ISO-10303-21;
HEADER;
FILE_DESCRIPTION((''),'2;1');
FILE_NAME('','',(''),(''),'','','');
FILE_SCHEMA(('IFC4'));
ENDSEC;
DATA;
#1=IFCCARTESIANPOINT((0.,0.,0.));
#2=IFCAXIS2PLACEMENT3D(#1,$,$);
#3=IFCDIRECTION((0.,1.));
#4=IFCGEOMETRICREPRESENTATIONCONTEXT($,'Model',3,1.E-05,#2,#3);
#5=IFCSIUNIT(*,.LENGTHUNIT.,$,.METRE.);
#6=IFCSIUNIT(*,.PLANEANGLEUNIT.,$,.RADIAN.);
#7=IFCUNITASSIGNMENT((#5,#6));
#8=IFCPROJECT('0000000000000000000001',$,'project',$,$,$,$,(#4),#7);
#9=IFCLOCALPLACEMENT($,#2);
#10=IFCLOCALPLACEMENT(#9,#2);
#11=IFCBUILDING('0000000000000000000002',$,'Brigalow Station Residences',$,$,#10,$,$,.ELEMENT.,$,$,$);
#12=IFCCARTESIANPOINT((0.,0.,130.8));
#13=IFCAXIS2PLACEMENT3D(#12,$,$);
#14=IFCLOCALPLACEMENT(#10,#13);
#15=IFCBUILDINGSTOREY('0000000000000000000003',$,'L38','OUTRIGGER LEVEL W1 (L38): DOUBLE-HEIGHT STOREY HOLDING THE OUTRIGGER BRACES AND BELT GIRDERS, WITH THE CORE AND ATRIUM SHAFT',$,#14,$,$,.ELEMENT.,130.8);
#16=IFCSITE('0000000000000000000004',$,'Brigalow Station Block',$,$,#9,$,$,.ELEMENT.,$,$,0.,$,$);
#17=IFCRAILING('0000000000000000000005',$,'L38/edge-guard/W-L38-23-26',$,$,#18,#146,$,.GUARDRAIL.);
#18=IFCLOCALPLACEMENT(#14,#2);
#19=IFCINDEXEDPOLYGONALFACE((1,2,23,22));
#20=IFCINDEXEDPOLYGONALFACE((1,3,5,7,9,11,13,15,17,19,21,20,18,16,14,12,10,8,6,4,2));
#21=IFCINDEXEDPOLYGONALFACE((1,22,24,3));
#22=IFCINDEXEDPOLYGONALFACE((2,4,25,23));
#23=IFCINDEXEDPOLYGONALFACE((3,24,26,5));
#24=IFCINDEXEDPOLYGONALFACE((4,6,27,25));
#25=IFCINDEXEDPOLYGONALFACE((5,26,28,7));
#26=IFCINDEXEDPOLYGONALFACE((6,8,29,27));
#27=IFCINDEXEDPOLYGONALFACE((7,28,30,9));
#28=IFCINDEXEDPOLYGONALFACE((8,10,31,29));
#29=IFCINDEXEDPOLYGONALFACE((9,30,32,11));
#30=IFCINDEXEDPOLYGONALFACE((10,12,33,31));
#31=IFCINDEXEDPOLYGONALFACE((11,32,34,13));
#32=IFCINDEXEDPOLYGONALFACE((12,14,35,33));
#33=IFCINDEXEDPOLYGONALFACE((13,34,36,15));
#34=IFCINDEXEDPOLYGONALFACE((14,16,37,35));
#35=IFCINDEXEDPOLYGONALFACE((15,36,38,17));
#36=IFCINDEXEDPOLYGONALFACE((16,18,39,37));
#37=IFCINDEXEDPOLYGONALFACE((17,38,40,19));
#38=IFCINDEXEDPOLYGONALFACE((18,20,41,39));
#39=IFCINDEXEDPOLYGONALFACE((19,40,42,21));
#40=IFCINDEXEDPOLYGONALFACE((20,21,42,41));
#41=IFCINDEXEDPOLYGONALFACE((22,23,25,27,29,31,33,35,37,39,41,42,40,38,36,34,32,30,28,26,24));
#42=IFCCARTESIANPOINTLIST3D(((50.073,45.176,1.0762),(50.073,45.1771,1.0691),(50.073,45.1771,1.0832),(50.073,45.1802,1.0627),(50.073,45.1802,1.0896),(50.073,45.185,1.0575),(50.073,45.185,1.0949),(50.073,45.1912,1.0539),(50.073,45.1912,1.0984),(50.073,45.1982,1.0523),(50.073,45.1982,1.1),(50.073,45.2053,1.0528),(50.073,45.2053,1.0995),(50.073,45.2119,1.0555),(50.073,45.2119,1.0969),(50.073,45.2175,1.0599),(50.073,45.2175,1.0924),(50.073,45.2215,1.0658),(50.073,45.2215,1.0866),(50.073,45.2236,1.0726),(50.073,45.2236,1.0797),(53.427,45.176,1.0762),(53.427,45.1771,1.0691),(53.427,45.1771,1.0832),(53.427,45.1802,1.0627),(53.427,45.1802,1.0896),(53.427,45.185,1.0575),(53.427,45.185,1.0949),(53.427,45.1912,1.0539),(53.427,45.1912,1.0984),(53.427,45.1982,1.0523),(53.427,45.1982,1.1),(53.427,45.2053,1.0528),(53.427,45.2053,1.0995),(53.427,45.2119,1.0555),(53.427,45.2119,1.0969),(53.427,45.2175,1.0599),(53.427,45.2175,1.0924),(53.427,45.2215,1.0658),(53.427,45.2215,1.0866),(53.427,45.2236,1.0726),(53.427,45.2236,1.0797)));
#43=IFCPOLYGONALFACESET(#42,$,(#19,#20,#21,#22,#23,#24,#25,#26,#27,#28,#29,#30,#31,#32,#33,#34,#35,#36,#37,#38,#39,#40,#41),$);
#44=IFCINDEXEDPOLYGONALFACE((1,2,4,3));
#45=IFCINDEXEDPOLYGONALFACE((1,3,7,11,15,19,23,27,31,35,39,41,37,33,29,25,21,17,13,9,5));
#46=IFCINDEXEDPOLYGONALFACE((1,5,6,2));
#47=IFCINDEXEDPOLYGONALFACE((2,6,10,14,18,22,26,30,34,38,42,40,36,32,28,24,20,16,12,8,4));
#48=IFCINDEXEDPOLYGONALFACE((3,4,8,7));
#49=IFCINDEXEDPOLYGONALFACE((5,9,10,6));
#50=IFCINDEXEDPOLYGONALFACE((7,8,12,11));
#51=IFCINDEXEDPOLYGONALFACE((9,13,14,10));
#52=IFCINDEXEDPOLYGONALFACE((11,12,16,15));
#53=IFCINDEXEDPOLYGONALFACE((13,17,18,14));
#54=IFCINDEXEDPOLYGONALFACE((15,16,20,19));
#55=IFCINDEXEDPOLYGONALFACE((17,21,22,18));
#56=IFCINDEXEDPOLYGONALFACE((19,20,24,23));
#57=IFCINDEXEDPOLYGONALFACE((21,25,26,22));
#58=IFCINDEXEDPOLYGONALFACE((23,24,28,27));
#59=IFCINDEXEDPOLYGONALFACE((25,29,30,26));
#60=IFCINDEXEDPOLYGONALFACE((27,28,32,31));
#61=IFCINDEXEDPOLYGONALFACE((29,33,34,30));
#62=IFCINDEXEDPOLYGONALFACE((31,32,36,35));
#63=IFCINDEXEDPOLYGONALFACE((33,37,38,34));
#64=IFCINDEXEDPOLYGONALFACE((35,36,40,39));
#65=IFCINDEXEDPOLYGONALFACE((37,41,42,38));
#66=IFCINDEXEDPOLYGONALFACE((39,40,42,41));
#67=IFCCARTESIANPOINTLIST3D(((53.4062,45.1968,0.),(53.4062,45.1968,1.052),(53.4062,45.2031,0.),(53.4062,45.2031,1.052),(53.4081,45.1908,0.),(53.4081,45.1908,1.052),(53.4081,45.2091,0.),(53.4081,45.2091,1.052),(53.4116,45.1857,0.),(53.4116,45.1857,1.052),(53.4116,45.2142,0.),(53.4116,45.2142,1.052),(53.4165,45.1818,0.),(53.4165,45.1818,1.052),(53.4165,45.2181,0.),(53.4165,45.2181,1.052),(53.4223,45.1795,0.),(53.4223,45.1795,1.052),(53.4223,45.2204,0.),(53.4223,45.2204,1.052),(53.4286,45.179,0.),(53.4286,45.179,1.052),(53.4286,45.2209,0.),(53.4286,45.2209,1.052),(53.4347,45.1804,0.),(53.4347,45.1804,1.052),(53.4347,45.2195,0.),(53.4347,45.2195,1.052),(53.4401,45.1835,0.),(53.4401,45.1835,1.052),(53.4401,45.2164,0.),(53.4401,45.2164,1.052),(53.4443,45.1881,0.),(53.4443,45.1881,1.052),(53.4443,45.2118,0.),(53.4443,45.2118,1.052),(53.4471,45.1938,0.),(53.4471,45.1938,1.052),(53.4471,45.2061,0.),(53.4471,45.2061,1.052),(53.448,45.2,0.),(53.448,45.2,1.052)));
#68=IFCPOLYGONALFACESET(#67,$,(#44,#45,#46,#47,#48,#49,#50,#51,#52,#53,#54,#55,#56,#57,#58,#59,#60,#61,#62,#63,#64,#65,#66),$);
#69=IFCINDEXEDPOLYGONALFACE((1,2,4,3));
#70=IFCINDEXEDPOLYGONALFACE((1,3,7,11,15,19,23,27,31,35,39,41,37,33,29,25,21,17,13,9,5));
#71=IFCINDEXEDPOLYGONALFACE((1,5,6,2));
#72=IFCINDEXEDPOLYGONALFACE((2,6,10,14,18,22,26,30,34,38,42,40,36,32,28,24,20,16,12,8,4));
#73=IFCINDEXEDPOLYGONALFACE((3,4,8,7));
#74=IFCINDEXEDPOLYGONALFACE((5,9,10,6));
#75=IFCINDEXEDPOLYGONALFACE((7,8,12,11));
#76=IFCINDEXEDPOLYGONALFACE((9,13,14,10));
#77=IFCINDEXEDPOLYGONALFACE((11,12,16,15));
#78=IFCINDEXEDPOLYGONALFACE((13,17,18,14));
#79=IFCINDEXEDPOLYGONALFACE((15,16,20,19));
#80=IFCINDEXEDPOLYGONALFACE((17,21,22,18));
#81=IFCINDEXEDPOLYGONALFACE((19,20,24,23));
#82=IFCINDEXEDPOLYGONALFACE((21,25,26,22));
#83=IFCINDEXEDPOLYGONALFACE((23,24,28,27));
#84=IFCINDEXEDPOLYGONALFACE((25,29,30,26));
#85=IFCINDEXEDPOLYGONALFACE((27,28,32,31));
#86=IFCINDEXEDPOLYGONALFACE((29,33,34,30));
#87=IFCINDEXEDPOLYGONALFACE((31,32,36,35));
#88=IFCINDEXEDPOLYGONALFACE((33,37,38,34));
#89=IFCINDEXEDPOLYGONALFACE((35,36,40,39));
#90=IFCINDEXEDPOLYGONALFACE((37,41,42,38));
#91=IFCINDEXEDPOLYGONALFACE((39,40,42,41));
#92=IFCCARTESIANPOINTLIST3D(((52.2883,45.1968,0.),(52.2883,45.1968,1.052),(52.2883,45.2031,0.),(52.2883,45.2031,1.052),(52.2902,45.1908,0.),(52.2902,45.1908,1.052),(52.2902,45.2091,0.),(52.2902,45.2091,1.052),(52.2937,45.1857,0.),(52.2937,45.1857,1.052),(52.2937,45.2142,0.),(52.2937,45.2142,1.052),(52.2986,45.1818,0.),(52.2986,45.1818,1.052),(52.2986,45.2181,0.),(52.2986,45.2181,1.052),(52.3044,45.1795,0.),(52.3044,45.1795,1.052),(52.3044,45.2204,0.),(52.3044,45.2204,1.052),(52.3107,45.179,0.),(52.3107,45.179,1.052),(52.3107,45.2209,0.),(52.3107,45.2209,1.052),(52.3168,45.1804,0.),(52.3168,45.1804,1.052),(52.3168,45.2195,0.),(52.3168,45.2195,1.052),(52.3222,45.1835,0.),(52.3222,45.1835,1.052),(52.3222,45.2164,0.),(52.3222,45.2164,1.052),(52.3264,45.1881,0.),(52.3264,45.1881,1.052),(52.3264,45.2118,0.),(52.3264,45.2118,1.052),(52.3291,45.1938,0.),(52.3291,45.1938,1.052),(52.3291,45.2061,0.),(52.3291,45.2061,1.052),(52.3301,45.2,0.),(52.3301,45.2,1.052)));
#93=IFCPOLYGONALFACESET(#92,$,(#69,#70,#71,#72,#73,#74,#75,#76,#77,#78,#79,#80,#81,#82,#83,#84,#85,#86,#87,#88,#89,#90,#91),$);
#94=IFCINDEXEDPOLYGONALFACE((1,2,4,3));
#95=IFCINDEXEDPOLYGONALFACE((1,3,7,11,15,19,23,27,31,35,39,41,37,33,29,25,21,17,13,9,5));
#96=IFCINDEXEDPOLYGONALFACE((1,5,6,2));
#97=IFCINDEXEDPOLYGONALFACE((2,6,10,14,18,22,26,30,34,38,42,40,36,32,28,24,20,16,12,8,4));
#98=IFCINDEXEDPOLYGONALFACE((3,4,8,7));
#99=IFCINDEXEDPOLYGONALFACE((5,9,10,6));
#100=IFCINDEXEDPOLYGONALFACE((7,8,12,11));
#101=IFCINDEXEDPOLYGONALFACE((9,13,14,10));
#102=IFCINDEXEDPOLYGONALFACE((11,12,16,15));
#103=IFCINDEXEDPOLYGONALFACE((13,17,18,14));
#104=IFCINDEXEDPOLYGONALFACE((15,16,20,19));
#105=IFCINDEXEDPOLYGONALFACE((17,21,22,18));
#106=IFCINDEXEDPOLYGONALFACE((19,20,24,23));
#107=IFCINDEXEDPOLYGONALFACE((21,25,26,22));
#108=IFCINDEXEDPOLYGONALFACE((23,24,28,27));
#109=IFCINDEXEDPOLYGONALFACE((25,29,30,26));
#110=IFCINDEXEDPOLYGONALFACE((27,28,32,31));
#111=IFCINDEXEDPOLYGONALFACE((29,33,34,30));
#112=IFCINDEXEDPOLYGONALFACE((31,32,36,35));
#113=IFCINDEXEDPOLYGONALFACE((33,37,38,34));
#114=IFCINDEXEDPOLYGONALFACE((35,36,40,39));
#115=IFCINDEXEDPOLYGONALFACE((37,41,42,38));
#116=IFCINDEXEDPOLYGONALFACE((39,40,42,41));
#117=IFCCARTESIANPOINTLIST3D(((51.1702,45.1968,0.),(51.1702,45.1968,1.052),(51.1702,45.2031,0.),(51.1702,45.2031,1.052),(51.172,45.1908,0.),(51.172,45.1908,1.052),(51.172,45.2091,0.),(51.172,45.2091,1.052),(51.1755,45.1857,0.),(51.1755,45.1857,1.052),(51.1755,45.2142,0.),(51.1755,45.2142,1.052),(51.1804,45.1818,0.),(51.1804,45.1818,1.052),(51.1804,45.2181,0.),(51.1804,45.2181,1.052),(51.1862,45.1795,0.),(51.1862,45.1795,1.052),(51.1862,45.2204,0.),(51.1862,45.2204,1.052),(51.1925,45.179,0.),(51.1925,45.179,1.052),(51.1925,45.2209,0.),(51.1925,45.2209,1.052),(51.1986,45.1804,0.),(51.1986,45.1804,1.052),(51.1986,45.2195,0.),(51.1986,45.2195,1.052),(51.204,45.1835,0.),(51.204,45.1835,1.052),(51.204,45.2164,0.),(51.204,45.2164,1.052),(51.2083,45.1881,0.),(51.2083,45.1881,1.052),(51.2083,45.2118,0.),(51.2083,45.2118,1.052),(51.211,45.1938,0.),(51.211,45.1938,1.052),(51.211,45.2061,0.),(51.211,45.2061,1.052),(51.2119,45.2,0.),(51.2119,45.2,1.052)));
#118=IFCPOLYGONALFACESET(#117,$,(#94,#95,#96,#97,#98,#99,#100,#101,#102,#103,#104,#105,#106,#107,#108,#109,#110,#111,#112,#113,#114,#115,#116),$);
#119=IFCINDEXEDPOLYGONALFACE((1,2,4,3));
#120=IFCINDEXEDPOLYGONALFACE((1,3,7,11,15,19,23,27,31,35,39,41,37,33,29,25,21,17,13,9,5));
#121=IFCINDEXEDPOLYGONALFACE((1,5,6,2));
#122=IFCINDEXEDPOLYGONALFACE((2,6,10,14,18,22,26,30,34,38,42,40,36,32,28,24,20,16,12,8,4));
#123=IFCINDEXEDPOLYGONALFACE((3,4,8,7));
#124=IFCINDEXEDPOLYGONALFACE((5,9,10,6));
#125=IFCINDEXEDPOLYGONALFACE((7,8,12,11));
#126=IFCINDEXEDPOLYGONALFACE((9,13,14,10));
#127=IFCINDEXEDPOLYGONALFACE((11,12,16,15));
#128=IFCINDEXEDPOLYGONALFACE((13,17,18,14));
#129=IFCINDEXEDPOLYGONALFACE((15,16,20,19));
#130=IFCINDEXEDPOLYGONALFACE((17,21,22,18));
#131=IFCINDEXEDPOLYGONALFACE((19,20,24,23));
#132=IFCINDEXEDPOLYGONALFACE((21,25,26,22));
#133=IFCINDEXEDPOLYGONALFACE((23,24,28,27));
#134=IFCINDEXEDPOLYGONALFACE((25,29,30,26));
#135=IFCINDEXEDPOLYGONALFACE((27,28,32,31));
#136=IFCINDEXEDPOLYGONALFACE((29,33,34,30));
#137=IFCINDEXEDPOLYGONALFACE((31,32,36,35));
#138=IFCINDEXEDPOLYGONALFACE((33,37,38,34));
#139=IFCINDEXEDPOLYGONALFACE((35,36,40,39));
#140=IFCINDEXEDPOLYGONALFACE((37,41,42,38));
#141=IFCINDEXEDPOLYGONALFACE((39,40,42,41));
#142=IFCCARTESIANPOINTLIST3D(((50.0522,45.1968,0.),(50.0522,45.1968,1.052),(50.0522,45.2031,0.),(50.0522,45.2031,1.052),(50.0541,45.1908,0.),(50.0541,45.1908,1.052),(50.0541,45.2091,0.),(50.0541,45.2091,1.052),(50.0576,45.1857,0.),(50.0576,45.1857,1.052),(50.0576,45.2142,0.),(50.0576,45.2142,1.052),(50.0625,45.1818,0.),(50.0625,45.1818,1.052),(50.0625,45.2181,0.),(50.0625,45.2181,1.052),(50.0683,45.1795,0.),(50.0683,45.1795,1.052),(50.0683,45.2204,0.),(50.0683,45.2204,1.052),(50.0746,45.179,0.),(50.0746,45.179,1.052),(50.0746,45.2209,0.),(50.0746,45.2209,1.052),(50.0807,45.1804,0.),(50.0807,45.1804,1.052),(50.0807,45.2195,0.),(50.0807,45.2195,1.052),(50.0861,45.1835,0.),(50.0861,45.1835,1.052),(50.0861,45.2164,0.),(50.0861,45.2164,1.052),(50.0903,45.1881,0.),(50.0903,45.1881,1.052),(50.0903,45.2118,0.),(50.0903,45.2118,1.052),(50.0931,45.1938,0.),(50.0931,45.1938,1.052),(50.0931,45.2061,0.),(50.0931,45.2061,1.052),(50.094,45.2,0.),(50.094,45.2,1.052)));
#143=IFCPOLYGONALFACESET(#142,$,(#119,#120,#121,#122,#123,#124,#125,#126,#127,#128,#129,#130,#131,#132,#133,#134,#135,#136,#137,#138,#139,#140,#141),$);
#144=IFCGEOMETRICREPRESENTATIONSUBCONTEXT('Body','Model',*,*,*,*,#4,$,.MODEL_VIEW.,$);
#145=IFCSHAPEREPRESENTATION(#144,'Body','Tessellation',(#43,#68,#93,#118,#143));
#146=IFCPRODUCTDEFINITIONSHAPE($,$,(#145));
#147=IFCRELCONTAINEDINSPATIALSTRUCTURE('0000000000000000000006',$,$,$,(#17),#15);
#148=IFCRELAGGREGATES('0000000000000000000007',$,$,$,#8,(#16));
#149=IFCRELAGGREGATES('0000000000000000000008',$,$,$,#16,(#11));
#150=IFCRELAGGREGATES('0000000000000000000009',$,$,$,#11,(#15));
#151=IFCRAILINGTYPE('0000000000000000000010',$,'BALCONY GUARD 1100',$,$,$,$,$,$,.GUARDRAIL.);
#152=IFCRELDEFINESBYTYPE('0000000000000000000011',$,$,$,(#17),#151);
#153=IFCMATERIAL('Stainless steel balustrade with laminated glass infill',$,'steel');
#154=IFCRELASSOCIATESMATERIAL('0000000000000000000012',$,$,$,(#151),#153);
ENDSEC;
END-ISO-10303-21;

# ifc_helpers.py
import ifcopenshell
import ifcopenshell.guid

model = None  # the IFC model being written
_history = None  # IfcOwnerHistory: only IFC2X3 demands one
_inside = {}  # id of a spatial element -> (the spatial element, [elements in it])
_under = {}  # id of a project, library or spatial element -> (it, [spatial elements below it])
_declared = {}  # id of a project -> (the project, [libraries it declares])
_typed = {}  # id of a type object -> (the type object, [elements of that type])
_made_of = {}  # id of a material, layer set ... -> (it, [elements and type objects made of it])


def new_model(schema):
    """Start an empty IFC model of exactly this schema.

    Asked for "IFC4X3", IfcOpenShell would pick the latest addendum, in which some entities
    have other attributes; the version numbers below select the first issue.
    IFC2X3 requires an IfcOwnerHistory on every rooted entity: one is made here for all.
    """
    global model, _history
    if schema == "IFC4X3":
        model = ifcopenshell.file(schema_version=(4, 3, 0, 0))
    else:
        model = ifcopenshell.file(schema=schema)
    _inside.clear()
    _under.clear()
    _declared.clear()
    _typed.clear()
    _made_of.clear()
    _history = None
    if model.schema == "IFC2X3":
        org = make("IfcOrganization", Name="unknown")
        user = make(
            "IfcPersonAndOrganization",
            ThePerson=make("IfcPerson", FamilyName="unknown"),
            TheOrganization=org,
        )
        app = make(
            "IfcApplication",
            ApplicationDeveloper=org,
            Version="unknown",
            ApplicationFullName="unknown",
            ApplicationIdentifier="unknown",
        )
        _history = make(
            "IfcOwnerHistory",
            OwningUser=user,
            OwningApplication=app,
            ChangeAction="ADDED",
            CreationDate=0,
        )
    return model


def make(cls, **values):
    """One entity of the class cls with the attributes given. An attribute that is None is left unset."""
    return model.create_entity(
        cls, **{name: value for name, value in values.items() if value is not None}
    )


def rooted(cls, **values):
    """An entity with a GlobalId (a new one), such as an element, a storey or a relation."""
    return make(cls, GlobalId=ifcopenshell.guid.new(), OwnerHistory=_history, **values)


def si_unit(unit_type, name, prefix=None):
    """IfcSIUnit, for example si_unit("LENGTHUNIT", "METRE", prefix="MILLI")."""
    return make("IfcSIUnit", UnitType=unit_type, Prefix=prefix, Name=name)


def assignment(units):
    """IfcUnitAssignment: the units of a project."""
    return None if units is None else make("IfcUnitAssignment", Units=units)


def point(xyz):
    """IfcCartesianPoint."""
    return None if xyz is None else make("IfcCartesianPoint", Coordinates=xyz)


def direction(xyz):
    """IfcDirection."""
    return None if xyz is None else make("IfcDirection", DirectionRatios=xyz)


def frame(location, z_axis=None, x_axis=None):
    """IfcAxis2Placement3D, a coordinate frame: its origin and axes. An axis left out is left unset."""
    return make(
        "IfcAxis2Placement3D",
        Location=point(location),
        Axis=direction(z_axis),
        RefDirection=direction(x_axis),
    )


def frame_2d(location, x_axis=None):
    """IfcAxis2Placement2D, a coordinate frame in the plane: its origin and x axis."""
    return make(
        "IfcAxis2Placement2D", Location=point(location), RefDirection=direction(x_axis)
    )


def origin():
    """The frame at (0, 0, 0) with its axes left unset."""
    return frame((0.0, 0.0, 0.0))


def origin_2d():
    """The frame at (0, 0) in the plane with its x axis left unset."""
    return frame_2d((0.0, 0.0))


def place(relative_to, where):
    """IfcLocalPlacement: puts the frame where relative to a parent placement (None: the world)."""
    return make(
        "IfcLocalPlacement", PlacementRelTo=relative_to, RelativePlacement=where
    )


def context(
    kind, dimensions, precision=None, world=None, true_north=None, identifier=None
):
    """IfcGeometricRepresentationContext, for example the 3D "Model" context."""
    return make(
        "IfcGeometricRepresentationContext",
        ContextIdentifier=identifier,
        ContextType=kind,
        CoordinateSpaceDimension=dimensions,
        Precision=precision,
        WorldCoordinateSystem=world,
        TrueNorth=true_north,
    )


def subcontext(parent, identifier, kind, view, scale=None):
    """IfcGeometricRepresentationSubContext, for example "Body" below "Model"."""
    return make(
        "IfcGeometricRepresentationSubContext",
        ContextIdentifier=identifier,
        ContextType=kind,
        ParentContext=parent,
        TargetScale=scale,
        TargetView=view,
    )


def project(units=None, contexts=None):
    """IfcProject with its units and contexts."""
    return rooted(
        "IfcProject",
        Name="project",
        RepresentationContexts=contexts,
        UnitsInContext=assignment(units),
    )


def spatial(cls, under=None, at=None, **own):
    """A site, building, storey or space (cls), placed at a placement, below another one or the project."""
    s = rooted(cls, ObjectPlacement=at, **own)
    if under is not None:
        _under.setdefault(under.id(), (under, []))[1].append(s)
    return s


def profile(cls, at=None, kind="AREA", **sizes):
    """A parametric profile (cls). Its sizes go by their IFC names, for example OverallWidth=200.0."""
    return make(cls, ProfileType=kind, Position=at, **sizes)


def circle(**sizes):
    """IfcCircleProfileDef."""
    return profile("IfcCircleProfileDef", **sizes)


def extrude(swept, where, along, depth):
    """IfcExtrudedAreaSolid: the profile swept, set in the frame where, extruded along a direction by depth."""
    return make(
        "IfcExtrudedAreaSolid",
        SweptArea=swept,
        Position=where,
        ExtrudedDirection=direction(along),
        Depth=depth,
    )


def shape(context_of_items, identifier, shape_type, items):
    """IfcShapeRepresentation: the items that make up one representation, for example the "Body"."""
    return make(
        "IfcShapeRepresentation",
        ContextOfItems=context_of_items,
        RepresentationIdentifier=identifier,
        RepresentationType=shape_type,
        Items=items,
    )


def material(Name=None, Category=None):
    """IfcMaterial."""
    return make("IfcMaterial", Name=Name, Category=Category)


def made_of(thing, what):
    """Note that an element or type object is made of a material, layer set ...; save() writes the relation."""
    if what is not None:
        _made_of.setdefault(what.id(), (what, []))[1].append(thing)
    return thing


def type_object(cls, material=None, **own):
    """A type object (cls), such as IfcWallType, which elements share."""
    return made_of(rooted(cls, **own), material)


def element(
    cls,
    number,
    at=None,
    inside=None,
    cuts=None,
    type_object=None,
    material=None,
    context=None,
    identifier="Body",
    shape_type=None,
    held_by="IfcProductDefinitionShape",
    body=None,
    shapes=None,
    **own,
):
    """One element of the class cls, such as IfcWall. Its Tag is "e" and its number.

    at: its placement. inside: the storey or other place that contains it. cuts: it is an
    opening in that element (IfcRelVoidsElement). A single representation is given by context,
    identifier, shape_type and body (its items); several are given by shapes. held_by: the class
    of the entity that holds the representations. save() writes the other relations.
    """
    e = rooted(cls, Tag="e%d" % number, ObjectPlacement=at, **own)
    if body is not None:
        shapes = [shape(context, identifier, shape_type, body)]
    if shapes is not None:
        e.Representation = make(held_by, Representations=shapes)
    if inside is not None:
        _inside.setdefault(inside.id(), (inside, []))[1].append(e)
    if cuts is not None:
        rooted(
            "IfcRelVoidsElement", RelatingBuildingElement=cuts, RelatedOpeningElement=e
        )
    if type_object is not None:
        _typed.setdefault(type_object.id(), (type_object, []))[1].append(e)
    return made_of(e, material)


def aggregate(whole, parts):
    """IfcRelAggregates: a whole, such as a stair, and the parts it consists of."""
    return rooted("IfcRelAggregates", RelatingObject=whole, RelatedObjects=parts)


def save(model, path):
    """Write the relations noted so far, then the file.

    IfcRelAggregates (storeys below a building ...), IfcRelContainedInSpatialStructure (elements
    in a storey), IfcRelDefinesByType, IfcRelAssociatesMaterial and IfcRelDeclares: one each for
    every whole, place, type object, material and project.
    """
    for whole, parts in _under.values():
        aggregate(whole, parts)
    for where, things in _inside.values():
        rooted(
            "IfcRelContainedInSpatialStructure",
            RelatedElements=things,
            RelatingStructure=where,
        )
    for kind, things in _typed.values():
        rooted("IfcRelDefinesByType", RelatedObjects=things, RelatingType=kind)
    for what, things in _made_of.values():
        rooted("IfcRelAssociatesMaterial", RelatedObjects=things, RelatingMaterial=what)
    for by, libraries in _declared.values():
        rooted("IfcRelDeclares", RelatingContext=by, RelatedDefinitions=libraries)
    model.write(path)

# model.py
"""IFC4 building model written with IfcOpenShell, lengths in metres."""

from ifc_helpers import new_model, si_unit, direction, frame, origin, origin_2d, place, context, subcontext, project, spatial, circle, extrude, material, type_object, element, save


model = new_model("IFC4")

# Units and contexts
model_context = context("Model", 3, precision=1e-05, world=origin(), true_north=direction((0.0, 1.0)))
body_context = subcontext(model_context, "Body", "Model", "MODEL_VIEW")
ifc_project = project(units=[si_unit("LENGTHUNIT", "METRE"), si_unit("PLANEANGLEUNIT", "RADIAN")], contexts=[model_context])

# Site, building, storey
site_placement = place(None, origin())
site = spatial("IfcSite", under=ifc_project, at=site_placement, Name="Brigalow Station Block", CompositionType="ELEMENT", RefElevation=0.0)
building_placement = place(site_placement, origin())
building = spatial("IfcBuilding", under=site, at=building_placement, Name="Brigalow Station Residences", CompositionType="ELEMENT")
storey_placement = place(building_placement, frame((0.0, 0.0, 130.8)))
storey = spatial("IfcBuildingStorey", under=building, at=storey_placement, Name="L38", Description="OUTRIGGER LEVEL W1 (L38): DOUBLE-HEIGHT STOREY HOLDING THE OUTRIGGER BRACES AND BELT GIRDERS, WITH THE CORE AND ATRIUM SHAFT", CompositionType="ELEMENT", Elevation=130.8)

# Railing
ifc_material_1 = material(Name="Stainless steel balustrade with laminated glass infill", Category="steel")
railing_type = type_object("IfcRailingType", Name="BALCONY GUARD 1100", PredefinedType="GUARDRAIL", material=ifc_material_1)
for number, where, name in (
    (1, (53.427, 45.2, 0.0), "L38/edge-guard/W-L38-23-26"),
):
    element("IfcRailing", number, at=place(storey_placement, frame(where)), inside=storey, type_object=railing_type, Name=name, PredefinedType="GUARDRAIL", context=body_context, shape_type="SweptSolid", body=[
        extrude(circle(Radius=0.0239, at=origin_2d()), frame((0.0, 0.0, 1.0762), z_axis=(-1.0, 0.0, 0.0), x_axis=(0.0, -1.0, 0.0)), (0.0, 0.0, 1.0), 3.354),
        extrude(circle(Radius=0.021, at=origin_2d()), origin(), (0.0, 0.0, 1.0), 1.052),
        extrude(circle(Radius=0.021, at=origin_2d()), frame((-1.1179, 0.0, 0.0)), (0.0, 0.0, 1.0), 1.052),
        extrude(circle(Radius=0.021, at=origin_2d()), frame((-2.2361, 0.0, 0.0)), (0.0, 0.0, 1.0), 1.052),
        extrude(circle(Radius=0.021, at=origin_2d()), frame((-3.354, 0.0, 0.0)), (0.0, 0.0, 1.0), 1.052),
    ])

save(model, "model.ifc")
